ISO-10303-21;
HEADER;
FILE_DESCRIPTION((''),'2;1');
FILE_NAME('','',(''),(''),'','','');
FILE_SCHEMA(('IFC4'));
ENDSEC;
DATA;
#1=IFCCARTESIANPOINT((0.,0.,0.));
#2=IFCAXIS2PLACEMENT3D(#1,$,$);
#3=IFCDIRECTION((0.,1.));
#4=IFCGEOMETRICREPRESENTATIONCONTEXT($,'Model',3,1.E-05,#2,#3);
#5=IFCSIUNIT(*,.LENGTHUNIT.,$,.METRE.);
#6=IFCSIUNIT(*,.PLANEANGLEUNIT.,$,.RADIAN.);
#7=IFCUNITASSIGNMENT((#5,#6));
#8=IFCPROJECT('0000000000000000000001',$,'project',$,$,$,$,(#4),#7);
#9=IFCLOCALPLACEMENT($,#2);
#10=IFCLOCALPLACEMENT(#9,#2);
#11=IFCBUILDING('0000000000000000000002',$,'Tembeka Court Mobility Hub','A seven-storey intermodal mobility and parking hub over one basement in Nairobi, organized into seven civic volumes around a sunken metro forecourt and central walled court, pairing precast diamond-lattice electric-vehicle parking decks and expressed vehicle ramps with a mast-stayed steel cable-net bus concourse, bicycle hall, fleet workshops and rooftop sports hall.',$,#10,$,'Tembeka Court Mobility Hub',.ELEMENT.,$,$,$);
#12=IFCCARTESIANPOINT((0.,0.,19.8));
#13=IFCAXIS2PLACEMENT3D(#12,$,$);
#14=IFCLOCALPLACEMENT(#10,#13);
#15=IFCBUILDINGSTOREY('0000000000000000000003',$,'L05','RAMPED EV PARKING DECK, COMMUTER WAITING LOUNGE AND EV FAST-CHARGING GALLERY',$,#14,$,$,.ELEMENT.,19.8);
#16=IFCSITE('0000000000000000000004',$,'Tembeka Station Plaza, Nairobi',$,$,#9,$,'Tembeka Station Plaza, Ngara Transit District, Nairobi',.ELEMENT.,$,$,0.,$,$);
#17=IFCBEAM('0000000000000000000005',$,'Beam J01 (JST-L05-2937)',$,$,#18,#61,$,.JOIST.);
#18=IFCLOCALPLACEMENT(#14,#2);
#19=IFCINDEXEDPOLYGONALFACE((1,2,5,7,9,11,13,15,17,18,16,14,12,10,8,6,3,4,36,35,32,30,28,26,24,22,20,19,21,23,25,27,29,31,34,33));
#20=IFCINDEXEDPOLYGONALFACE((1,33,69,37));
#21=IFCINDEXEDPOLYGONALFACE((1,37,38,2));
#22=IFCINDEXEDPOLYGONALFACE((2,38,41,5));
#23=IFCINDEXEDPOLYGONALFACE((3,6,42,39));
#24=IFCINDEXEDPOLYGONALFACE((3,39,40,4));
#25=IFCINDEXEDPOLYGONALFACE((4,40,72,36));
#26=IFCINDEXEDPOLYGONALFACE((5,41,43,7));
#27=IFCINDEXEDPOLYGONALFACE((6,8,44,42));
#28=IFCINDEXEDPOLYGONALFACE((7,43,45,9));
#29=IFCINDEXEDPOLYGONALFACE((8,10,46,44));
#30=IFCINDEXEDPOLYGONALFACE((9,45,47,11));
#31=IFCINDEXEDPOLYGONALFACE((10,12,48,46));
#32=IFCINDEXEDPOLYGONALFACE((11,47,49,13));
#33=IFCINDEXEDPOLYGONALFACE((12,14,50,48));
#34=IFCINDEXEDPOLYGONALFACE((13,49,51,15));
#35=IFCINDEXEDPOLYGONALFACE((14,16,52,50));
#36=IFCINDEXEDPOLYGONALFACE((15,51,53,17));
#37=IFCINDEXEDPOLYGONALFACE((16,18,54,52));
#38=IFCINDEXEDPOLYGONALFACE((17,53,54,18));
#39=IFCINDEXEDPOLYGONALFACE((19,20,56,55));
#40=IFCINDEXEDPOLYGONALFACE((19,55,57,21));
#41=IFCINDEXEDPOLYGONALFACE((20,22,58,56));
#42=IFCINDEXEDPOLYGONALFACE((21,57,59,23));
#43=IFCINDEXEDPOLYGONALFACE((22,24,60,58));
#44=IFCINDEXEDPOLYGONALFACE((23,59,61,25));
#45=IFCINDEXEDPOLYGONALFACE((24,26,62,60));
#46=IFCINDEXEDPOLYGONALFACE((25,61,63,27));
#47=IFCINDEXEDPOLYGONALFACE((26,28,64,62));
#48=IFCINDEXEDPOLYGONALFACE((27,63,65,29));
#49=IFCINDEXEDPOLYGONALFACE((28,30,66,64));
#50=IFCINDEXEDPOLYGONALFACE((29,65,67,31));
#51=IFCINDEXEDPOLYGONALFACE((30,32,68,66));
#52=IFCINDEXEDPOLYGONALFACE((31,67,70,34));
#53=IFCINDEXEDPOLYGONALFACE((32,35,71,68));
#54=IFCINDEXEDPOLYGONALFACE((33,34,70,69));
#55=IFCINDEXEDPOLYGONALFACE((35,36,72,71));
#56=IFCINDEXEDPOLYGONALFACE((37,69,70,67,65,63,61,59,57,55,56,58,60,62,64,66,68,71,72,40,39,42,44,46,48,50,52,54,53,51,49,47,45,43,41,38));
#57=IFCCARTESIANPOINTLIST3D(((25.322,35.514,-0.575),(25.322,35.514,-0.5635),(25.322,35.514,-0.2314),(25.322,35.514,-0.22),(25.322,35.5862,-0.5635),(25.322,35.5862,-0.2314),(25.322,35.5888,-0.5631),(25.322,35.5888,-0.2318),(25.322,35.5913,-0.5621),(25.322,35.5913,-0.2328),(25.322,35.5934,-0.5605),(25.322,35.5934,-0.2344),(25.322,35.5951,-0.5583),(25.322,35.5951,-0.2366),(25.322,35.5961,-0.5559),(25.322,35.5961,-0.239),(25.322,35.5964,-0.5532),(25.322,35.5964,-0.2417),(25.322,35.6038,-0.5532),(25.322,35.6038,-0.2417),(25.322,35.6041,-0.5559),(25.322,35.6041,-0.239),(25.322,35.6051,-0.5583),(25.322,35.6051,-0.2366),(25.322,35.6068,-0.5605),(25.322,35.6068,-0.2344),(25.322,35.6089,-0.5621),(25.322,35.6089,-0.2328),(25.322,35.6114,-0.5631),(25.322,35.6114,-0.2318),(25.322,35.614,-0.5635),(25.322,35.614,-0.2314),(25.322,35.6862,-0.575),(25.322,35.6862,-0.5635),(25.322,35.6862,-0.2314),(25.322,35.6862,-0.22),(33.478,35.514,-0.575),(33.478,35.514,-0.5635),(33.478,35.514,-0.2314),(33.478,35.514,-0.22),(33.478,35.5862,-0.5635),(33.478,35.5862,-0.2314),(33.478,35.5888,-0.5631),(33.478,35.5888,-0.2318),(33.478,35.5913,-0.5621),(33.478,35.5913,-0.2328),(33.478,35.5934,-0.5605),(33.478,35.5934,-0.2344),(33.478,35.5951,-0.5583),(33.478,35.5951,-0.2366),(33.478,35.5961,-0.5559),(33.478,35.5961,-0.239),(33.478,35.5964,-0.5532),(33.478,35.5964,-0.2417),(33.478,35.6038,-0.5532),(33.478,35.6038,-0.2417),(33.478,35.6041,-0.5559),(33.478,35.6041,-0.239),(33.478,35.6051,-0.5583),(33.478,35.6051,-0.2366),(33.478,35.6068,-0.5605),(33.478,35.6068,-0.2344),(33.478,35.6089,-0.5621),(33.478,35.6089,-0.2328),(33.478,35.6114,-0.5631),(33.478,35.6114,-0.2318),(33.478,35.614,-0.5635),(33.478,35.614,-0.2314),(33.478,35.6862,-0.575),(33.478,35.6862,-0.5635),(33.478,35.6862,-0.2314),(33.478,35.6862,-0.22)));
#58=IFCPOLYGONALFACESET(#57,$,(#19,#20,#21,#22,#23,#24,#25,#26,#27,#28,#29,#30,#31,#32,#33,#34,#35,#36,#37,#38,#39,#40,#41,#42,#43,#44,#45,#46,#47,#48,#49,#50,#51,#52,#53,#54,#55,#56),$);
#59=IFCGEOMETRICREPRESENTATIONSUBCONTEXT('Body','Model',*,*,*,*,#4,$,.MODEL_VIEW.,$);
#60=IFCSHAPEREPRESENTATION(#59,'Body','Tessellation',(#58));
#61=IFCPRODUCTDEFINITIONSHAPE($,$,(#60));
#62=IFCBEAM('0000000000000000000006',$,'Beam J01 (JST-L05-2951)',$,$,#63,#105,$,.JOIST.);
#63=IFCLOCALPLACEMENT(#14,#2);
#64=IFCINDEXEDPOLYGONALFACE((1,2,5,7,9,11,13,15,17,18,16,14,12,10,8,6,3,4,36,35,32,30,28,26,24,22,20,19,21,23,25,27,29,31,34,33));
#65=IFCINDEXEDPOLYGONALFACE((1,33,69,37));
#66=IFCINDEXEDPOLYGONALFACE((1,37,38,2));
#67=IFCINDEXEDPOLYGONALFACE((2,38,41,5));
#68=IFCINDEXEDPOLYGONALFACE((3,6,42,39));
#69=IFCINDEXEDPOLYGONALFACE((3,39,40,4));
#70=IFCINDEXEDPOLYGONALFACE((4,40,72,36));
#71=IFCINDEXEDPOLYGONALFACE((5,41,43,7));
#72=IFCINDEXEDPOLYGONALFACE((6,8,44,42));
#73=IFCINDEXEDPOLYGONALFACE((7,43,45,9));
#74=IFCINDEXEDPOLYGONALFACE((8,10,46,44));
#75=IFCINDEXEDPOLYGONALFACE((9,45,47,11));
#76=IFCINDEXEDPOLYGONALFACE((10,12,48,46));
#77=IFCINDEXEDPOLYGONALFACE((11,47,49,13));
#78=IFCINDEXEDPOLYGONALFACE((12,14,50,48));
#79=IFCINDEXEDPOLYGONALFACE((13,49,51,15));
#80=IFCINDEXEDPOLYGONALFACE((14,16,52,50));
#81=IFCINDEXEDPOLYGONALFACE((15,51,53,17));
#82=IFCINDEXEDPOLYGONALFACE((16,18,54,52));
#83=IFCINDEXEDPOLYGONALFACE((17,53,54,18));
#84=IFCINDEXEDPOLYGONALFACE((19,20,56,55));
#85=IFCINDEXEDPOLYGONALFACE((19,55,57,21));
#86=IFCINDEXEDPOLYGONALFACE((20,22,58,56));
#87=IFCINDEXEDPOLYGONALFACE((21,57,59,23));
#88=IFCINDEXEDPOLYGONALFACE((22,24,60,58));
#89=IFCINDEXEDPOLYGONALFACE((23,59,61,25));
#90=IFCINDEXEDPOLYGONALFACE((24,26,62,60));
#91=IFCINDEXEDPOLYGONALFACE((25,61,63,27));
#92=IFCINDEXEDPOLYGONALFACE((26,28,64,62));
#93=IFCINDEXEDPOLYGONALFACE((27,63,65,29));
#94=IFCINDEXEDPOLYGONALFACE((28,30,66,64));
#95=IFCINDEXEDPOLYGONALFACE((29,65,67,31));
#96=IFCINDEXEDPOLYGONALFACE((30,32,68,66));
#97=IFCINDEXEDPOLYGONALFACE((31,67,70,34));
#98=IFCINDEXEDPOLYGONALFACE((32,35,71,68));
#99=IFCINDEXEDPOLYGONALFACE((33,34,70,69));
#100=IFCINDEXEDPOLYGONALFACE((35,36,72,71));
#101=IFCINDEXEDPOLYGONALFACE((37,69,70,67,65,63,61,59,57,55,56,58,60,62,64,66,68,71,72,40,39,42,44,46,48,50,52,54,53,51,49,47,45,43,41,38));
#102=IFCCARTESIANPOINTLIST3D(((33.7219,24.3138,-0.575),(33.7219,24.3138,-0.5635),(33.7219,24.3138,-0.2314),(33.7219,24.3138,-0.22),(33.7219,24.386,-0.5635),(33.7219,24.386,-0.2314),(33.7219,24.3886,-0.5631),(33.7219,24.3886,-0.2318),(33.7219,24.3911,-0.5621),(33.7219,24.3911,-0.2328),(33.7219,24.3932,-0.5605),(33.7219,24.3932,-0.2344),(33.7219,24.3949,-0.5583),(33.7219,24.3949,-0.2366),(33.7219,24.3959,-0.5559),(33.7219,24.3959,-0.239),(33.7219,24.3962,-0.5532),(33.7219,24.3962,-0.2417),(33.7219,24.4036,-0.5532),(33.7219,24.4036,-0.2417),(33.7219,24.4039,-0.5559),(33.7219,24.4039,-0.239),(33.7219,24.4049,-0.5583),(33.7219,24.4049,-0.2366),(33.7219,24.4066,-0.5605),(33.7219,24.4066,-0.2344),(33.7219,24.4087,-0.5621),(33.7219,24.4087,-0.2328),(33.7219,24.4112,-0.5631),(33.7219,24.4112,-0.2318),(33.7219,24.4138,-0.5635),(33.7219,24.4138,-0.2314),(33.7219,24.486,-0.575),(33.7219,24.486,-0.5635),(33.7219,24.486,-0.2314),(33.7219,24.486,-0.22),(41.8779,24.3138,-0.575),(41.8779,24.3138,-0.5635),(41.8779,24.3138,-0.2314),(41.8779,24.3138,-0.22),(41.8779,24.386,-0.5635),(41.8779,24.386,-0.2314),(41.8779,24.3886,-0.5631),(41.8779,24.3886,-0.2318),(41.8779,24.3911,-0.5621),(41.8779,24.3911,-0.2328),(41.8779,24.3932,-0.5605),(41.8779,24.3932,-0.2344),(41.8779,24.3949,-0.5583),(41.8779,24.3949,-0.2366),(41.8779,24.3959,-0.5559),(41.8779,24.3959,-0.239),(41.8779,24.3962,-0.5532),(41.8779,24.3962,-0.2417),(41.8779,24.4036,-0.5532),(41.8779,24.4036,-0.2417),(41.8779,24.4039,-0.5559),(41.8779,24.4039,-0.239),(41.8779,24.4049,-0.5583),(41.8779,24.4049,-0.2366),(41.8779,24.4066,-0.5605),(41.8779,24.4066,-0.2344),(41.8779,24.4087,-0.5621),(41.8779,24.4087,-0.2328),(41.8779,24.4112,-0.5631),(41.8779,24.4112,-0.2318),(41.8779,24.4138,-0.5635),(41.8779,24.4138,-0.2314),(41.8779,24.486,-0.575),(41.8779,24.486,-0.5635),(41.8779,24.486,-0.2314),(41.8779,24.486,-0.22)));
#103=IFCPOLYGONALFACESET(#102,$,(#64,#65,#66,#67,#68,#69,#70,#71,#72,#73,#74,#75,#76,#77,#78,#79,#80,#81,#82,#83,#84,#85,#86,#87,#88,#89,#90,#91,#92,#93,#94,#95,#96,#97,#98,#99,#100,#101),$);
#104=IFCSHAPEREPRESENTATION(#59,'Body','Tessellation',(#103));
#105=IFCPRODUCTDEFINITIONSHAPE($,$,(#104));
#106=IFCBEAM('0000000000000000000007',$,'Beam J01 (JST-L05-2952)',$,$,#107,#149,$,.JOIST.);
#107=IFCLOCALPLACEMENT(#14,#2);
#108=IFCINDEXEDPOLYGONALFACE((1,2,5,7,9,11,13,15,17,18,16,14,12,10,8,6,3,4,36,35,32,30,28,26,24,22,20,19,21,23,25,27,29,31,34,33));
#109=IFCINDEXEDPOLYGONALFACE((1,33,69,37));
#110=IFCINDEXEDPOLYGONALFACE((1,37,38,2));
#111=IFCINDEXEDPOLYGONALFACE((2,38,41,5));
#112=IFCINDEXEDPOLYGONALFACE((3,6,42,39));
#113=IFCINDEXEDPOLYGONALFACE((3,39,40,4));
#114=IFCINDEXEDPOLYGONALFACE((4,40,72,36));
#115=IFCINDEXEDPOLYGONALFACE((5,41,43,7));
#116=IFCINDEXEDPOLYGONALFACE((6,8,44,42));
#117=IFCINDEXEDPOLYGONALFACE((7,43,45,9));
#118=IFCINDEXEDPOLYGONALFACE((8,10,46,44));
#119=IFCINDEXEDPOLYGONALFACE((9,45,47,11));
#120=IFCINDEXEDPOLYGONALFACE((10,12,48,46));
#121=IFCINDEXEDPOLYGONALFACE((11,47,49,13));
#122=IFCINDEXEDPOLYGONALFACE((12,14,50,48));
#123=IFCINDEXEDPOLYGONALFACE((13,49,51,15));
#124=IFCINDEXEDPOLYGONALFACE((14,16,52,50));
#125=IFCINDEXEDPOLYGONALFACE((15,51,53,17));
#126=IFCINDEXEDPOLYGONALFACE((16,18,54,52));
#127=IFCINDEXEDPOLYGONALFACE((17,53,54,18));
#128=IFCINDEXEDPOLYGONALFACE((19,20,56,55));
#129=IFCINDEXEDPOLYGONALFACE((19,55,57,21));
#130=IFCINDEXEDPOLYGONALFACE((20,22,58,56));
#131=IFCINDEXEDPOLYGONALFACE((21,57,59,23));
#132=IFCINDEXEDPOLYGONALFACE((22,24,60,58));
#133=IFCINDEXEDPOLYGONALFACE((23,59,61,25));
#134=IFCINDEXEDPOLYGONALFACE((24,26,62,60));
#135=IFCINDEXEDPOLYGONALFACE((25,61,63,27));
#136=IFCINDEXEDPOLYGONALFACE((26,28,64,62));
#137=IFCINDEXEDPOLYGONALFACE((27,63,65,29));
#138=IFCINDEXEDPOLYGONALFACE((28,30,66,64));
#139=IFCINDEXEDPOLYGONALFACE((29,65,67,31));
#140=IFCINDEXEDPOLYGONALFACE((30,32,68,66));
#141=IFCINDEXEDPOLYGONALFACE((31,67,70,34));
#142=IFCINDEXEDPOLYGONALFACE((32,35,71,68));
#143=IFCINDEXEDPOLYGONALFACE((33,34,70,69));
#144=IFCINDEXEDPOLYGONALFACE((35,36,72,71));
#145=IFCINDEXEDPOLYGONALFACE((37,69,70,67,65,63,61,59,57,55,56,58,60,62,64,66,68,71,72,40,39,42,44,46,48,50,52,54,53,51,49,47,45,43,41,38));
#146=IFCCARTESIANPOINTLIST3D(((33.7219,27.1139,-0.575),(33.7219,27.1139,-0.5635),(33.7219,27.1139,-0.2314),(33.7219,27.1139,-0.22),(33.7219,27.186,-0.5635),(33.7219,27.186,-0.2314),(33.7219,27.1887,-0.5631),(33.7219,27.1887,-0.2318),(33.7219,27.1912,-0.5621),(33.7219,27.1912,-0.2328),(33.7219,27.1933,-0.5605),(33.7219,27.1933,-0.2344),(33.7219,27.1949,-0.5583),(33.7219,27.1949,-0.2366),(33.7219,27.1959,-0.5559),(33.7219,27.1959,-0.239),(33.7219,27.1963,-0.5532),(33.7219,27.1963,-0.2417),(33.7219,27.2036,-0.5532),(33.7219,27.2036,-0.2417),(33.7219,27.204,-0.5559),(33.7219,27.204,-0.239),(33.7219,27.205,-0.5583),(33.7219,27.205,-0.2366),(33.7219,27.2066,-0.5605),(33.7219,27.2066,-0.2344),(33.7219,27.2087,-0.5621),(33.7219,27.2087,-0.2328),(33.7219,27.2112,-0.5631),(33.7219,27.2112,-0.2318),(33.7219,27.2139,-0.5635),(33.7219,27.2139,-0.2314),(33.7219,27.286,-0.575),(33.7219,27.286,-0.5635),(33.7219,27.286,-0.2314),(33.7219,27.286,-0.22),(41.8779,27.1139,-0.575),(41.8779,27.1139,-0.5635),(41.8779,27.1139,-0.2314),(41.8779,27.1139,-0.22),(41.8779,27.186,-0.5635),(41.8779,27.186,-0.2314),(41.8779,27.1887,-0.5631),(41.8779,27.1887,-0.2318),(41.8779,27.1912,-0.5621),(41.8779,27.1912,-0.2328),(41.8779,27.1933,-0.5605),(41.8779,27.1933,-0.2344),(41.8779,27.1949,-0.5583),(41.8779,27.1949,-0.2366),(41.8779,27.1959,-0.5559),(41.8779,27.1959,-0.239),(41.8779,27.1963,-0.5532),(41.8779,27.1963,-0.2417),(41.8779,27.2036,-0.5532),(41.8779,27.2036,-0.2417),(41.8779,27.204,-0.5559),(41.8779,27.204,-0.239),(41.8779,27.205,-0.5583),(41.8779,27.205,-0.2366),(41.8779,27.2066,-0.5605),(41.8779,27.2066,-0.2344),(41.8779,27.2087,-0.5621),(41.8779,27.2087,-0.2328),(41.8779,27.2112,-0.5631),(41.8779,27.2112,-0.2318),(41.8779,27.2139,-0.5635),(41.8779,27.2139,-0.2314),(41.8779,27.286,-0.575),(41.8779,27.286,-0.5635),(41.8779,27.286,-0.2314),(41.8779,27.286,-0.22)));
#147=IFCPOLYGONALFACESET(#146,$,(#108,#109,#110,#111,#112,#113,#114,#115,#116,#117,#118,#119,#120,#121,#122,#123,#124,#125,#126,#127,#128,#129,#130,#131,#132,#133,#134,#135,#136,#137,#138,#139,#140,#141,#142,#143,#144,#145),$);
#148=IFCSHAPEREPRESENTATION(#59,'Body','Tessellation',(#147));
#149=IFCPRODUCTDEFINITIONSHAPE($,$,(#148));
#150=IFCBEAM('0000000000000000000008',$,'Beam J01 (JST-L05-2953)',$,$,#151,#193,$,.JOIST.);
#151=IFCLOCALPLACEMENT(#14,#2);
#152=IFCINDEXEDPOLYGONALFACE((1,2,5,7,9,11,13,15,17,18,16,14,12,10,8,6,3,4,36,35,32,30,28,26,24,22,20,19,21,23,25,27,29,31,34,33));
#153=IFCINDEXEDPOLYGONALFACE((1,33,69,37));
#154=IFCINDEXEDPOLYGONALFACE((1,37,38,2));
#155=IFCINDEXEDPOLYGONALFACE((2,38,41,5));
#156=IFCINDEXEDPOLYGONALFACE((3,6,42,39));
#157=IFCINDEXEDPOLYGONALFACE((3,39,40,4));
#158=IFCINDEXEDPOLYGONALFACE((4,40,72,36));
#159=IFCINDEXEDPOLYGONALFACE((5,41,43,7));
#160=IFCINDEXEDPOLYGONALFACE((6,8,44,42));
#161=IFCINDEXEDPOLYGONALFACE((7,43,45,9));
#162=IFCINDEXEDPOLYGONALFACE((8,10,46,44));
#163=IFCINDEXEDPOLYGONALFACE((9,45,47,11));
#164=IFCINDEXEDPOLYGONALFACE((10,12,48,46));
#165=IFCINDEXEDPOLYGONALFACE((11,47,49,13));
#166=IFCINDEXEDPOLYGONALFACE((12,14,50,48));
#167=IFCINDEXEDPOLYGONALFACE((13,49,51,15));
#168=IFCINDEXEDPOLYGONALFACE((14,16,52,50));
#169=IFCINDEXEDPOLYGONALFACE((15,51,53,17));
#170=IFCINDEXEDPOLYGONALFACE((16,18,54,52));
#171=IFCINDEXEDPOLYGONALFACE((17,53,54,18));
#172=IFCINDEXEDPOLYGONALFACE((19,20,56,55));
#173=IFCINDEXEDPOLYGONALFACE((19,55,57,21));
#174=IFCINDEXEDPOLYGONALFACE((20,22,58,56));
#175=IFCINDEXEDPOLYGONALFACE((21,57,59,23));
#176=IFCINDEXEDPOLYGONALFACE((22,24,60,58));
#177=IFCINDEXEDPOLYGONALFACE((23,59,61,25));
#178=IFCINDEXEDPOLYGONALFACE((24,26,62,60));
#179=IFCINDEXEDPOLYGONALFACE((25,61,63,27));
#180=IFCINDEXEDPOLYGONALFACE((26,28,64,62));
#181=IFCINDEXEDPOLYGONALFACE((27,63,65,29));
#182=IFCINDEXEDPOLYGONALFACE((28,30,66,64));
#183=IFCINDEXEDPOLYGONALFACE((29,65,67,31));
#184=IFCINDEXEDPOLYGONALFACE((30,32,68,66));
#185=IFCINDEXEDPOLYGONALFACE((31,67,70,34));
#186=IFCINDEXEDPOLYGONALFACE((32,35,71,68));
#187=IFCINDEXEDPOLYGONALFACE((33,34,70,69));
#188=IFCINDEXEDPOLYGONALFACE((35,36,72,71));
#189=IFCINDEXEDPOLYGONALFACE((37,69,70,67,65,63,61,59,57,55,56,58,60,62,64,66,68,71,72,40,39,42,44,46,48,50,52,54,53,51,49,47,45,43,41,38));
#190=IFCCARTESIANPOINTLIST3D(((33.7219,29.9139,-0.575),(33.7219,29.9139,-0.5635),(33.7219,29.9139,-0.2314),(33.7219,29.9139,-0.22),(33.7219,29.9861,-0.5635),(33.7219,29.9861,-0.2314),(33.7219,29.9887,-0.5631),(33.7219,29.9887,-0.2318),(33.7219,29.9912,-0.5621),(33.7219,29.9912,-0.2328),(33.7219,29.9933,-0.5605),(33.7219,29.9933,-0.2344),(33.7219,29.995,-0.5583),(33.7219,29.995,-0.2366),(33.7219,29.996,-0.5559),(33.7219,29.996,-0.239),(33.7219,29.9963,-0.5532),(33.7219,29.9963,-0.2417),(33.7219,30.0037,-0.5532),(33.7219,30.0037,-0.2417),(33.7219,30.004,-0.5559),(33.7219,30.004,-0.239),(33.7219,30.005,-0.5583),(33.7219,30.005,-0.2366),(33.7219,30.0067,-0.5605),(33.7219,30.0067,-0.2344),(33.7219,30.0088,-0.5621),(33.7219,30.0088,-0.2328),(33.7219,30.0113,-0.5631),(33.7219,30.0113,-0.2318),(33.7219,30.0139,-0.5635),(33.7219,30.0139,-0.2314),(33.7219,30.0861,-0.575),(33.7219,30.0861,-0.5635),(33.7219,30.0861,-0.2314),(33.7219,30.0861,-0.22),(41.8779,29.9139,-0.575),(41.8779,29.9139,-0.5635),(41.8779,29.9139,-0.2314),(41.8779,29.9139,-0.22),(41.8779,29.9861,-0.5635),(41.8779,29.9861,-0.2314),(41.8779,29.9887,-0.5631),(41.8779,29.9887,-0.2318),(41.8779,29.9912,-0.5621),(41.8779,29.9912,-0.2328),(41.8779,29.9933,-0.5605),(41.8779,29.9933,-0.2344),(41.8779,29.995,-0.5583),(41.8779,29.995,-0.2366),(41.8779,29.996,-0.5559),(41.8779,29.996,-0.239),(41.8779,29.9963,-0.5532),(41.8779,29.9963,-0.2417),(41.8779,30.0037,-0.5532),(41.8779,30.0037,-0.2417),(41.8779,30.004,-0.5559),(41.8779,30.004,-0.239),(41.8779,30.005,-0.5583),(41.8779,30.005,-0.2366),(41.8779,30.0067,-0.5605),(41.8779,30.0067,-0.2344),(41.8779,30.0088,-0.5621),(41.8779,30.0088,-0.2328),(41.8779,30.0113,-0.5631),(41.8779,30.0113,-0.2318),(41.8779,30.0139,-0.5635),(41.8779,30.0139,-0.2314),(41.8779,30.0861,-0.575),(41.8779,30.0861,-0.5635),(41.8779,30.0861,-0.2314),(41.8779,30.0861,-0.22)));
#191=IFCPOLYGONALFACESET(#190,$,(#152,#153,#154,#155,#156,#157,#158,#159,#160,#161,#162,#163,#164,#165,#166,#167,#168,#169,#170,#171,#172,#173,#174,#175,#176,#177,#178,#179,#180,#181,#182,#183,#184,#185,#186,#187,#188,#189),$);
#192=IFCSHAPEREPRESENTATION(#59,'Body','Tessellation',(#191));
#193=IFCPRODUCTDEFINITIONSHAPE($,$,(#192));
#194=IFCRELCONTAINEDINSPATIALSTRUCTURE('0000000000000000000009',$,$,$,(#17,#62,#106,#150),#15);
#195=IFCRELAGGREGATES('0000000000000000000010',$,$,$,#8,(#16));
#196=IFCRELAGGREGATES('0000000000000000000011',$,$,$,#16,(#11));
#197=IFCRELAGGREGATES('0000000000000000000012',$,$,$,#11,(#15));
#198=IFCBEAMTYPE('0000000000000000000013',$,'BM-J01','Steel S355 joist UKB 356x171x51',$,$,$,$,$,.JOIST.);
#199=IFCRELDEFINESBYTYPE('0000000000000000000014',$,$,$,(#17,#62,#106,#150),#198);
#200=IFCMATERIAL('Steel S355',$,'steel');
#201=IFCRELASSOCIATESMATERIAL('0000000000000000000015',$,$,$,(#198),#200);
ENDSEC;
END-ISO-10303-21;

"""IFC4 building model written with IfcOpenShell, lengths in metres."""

from ifc_helpers import new_model, si_unit, direction, frame, origin, origin_2d, place, context, subcontext, project, spatial, i_section, extrude, material, material_profile, profile_set, type_object, element, save


model = new_model("IFC4")

# Units and contexts
model_context = context("Model", 3, precision=1e-05, world=origin(), true_north=direction((0.0, 1.0)))
body_context = subcontext(model_context, "Body", "Model", "MODEL_VIEW")
ifc_project = project(units=[si_unit("LENGTHUNIT", "METRE"), si_unit("PLANEANGLEUNIT", "RADIAN")], contexts=[model_context])

# Site, building, storey
site_placement = place(None, origin())
site = spatial("IfcSite", under=ifc_project, at=site_placement, Name="Tembeka Station Plaza, Nairobi", LongName="Tembeka Station Plaza, Ngara Transit District, Nairobi", CompositionType="ELEMENT", RefElevation=0.0)
building_placement = place(site_placement, origin())
building = spatial("IfcBuilding", under=site, at=building_placement, Name="Tembeka Court Mobility Hub", Description="A seven-storey intermodal mobility and parking hub over one basement in Nairobi, organized into seven civic volumes around a sunken metro forecourt and central walled court, pairing precast diamond-lattice electric-vehicle parking decks and expressed vehicle ramps with a mast-stayed steel cable-net bus concourse, bicycle hall, fleet workshops and rooftop sports hall.", LongName="Tembeka Court Mobility Hub", CompositionType="ELEMENT")
storey_placement = place(building_placement, frame((0.0, 0.0, 19.8)))
storey = spatial("IfcBuildingStorey", under=building, at=storey_placement, Name="L05", Description="RAMPED EV PARKING DECK, COMMUTER WAITING LOUNGE AND EV FAST-CHARGING GALLERY", CompositionType="ELEMENT", Elevation=19.8)

# Shared definitions
ifc_material_1 = material(Name="Steel S355", Category="steel")

# Beams
ifc_material_profile_1 = material_profile(ifc_material_1, i_section(OverallWidth=0.1721, OverallDepth=0.355, WebThickness=0.0073, FlangeThickness=0.0115, FilletRadius=0.0103, at=origin_2d()), Name="UKB 356x171x51")
ifc_profile_set_1 = profile_set([ifc_material_profile_1], Name="Steel S355")
beam_type_1 = type_object("IfcBeamType", Name="BM-J01", Description="Steel S355 joist UKB 356x171x51", PredefinedType="JOIST", material=ifc_profile_set_1)
for number, where, z_axis, x_axis, name in (
    (1, (25.322, 35.6001, -0.3975), (1.0, 0.0, 0.0), (0.0, 1.0, 0.0), "Beam J01 (JST-L05-2937)"),
    (2, (33.7219, 24.3999, -0.3975), (1.0, 0.0, 0.0), (0.0, 1.0, 0.0), "Beam J01 (JST-L05-2951)"),
    (3, (33.7219, 27.2, -0.3975), (1.0, 0.0, 0.0), (0.0, 1.0, 0.0), "Beam J01 (JST-L05-2952)"),
    (4, (33.7219, 30.0, -0.3975), (1.0, 0.0, 0.0), (0.0, 1.0, 0.0), "Beam J01 (JST-L05-2953)"),
):
    element("IfcBeam", number, at=place(storey_placement, frame(where, z_axis=z_axis, x_axis=x_axis)), inside=storey, type_object=beam_type_1, Name=name, PredefinedType="JOIST", context=body_context, shape_type="SweptSolid", body=[
        extrude(i_section(OverallWidth=0.1721, OverallDepth=0.355, WebThickness=0.0073, FlangeThickness=0.0115, FilletRadius=0.0103, at=origin_2d()), origin(), (0.0, 0.0, 1.0), 8.156),
    ])

save(model, "model.ifc")
